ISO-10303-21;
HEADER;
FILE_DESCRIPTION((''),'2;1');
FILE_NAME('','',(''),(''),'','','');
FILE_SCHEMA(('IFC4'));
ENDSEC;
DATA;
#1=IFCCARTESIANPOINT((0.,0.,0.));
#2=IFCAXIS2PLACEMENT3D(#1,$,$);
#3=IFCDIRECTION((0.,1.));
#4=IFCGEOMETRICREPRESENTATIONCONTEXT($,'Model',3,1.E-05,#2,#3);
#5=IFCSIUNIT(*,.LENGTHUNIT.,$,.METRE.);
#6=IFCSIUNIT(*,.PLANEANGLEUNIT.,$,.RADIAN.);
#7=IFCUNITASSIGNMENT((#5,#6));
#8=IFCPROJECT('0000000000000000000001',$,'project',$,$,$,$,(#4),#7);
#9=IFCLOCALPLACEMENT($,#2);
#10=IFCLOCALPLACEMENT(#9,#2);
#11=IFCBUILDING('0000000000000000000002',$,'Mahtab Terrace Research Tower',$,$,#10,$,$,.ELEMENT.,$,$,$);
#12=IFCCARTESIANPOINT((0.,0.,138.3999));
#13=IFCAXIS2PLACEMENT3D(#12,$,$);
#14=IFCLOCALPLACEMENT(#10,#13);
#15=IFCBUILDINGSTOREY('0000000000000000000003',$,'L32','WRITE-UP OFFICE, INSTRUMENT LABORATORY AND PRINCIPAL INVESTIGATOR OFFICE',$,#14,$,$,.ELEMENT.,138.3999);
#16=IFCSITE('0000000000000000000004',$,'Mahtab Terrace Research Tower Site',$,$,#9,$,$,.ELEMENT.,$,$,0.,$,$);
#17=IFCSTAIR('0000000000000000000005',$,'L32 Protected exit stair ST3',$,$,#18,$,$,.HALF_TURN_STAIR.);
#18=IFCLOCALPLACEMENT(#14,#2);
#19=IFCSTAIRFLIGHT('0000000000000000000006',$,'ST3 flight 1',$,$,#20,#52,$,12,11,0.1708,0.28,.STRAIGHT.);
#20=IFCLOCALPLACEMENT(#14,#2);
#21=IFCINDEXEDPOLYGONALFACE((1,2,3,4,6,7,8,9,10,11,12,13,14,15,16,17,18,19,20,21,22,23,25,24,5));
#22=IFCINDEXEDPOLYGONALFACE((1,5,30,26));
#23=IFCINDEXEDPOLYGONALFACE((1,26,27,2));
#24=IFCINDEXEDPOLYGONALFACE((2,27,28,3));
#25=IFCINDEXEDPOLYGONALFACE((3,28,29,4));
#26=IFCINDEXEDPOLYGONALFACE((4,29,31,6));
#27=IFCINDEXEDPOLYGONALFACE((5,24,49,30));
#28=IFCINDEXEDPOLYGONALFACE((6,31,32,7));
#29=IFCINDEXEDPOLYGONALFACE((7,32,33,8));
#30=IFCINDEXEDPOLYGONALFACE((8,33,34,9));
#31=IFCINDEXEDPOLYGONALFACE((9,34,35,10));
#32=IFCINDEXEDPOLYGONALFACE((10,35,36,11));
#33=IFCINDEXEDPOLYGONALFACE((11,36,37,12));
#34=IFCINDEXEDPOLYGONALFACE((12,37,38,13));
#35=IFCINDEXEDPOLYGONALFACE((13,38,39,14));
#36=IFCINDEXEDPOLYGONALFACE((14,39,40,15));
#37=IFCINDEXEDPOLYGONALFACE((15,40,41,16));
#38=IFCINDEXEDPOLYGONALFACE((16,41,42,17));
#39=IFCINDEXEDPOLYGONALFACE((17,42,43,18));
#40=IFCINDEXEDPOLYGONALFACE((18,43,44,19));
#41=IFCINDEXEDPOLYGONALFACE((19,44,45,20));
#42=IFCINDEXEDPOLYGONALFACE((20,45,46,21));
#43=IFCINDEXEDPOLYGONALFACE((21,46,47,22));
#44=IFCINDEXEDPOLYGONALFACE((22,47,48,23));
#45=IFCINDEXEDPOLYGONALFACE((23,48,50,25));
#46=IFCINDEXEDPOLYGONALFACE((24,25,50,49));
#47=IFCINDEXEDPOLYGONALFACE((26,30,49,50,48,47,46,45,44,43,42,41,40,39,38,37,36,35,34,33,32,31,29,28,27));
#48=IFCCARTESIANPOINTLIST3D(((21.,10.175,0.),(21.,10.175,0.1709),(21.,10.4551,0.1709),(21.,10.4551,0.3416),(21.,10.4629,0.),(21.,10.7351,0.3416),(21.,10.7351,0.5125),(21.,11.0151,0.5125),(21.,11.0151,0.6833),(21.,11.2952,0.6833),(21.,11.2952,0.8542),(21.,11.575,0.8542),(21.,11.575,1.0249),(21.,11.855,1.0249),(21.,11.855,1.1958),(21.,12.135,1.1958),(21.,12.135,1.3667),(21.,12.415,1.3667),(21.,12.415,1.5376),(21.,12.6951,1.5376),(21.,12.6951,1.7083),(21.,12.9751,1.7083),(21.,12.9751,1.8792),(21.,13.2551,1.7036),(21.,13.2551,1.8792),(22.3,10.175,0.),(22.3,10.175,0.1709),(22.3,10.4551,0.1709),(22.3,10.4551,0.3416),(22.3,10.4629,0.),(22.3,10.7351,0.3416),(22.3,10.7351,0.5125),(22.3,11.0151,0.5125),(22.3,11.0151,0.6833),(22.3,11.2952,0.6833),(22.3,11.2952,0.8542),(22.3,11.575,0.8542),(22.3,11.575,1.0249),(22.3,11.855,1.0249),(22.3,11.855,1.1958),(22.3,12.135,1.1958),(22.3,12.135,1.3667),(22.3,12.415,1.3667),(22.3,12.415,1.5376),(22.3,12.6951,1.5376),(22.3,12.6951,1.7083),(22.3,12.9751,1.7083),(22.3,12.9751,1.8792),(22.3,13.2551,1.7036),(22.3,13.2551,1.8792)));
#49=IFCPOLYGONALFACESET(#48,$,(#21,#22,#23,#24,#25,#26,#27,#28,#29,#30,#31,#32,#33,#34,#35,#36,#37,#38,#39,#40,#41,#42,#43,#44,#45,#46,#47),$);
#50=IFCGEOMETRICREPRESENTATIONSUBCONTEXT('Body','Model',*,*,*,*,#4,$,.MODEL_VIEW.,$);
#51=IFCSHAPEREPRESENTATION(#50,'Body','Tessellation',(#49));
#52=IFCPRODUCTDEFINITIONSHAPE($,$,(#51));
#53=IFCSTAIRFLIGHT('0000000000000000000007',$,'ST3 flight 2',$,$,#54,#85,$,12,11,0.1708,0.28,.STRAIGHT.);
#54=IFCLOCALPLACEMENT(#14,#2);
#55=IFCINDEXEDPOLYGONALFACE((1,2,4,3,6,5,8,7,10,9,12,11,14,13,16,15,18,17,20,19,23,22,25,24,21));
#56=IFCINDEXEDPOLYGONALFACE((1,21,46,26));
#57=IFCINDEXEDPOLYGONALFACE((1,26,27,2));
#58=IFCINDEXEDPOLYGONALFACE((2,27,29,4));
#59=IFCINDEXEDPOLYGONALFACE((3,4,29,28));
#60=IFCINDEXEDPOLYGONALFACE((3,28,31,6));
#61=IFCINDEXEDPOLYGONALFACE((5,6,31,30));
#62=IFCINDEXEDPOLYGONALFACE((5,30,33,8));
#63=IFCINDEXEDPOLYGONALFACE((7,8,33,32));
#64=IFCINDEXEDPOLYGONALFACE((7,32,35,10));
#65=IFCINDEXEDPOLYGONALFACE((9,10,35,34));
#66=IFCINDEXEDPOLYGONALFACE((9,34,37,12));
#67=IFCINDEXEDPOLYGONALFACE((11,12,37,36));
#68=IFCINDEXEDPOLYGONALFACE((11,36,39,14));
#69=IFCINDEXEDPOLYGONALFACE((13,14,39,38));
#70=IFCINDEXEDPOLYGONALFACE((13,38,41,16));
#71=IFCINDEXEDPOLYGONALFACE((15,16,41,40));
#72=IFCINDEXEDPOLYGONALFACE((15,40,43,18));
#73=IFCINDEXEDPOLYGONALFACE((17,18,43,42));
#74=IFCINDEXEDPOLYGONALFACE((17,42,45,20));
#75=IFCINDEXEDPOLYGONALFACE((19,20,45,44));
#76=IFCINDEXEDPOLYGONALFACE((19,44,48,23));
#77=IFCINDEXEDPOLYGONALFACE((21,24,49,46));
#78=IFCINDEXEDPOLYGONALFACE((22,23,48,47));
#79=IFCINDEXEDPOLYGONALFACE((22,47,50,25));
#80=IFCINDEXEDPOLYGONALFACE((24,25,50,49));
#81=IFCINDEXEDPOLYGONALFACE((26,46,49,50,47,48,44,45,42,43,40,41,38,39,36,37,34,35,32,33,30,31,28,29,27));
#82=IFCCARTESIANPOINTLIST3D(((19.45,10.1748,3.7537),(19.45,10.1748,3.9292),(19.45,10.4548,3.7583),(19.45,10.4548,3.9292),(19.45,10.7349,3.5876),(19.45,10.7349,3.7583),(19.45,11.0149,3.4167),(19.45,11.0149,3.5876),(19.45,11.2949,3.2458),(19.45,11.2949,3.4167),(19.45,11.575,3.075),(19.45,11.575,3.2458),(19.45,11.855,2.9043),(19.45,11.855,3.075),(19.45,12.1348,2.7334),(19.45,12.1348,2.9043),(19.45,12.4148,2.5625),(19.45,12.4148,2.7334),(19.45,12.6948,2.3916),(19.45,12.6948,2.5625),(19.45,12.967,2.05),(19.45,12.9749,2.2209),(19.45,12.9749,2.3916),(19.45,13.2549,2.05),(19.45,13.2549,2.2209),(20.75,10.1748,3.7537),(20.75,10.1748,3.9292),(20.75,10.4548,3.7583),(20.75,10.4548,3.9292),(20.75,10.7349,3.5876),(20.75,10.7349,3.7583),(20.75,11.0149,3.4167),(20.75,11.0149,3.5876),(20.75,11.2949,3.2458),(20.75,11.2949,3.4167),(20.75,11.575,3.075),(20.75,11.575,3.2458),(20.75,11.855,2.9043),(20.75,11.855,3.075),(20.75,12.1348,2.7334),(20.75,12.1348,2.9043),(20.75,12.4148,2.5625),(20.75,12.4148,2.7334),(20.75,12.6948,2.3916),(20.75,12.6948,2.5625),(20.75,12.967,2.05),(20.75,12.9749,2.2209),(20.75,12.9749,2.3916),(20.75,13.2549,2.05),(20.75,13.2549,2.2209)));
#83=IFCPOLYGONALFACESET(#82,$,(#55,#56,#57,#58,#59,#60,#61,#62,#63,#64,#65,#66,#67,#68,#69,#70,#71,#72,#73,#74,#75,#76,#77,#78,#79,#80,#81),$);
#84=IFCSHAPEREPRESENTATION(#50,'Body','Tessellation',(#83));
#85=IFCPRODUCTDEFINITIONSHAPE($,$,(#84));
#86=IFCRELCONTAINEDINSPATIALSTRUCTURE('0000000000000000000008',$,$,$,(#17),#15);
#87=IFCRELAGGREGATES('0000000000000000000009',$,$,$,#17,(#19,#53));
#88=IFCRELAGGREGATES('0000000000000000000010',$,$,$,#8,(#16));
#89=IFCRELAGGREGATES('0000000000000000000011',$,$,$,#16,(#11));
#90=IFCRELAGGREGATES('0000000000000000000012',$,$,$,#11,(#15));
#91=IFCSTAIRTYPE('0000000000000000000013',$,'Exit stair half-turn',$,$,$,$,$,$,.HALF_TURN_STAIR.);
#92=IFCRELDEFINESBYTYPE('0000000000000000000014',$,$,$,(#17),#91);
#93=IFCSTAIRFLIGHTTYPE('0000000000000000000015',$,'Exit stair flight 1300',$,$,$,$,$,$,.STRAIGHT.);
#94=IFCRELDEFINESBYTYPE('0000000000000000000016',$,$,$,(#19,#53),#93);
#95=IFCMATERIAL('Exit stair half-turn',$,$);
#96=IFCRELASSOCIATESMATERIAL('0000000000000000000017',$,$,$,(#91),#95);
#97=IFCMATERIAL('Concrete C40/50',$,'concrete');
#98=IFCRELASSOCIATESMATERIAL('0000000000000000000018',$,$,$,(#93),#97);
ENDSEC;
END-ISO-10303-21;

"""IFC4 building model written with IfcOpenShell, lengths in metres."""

from ifc_helpers import new_model, si_unit, direction, frame, origin, place, context, subcontext, project, spatial, polyline, outline, extrude, material, type_object, element, aggregate, save


model = new_model("IFC4")

# Units and contexts
model_context = context("Model", 3, precision=1e-05, world=origin(), true_north=direction((0.0, 1.0)))
body_context = subcontext(model_context, "Body", "Model", "MODEL_VIEW")
ifc_project = project(units=[si_unit("LENGTHUNIT", "METRE"), si_unit("PLANEANGLEUNIT", "RADIAN")], contexts=[model_context])

# Site, building, storey
site_placement = place(None, origin())
site = spatial("IfcSite", under=ifc_project, at=site_placement, Name="Mahtab Terrace Research Tower Site", CompositionType="ELEMENT", RefElevation=0.0)
building_placement = place(site_placement, origin())
building = spatial("IfcBuilding", under=site, at=building_placement, Name="Mahtab Terrace Research Tower", CompositionType="ELEMENT")
storey_placement = place(building_placement, frame((0.0, 0.0, 138.3999)))
storey = spatial("IfcBuildingStorey", under=building, at=storey_placement, Name="L32", Description="WRITE-UP OFFICE, INSTRUMENT LABORATORY AND PRINCIPAL INVESTIGATOR OFFICE", CompositionType="ELEMENT", Elevation=138.3999)

# Stair, stair flights
ifc_material_1 = material(Name="Exit stair half-turn")
stair_type = type_object("IfcStairType", Name="Exit stair half-turn", PredefinedType="HALF_TURN_STAIR", material=ifc_material_1)
stair_placement = place(storey_placement, origin())
stair = element("IfcStair", 1, at=stair_placement, inside=storey, type_object=stair_type, Name="L32 Protected exit stair ST3", PredefinedType="HALF_TURN_STAIR")
ifc_material_2 = material(Name="Concrete C40/50", Category="concrete")
stair_flight_type = type_object("IfcStairFlightType", Name="Exit stair flight 1300", PredefinedType="STRAIGHT", material=ifc_material_2)
stair_flight_1_placement = place(storey_placement, frame((21.6499, 10.175, 0.0), z_axis=(0.0, 0.0, 1.0), x_axis=(0.0, 1.0, 0.0)))
stair_flight_1 = element("IfcStairFlight", 2, at=stair_flight_1_placement, type_object=stair_flight_type, Name="ST3 flight 1", NumberOfRisers=12, NumberOfTreads=11, PredefinedType="STRAIGHT", RiserHeight=0.1708, TreadLength=0.28, context=body_context, shape_type="SweptSolid", body=[
    extrude(outline(polyline([(0.0, 0.0), (0.0, 0.1709), (0.28, 0.1709), (0.28, 0.3416), (0.5601, 0.3416), (0.5601, 0.5125), (0.8401, 0.5125), (0.8401, 0.6833), (1.1201, 0.6833), (1.1201, 0.8542), (1.3999, 0.8542), (1.3999, 1.0249), (1.6799, 1.0249), (1.6799, 1.1958), (1.96, 1.1958), (1.96, 1.3667), (2.24, 1.3667), (2.24, 1.5376), (2.52, 1.5376), (2.52, 1.7083), (2.8, 1.7083), (2.8, 1.8792), (3.0801, 1.8792), (3.0801, 2.05), (3.0801, 1.7036), (0.2878, 0.0), (0.0, 0.0)])), frame((0.0, 0.6499, 0.0), z_axis=(0.0, -1.0, 0.0), x_axis=(1.0, 0.0, 0.0)), (0.0, 0.0, 1.0), 1.3),
])
stair_flight_2_placement = place(storey_placement, frame((20.1001, 13.2549, 2.05), z_axis=(0.0, 0.0, 1.0), x_axis=(0.0, -1.0, 0.0)))
stair_flight_2 = element("IfcStairFlight", 3, at=stair_flight_2_placement, type_object=stair_flight_type, Name="ST3 flight 2", NumberOfRisers=12, NumberOfTreads=11, PredefinedType="STRAIGHT", RiserHeight=0.1708, TreadLength=0.28, context=body_context, shape_type="SweptSolid", body=[
    extrude(outline(polyline([(0.0, 0.0), (0.0, 0.1709), (0.28, 0.1709), (0.28, 0.3416), (0.5601, 0.3416), (0.5601, 0.5125), (0.8401, 0.5125), (0.8401, 0.6833), (1.1201, 0.6833), (1.1201, 0.8542), (1.3999, 0.8542), (1.3999, 1.0249), (1.6799, 1.0249), (1.6799, 1.1958), (1.96, 1.1958), (1.96, 1.3667), (2.24, 1.3667), (2.24, 1.5376), (2.52, 1.5376), (2.52, 1.7083), (2.8, 1.7083), (2.8, 1.8792), (3.0801, 1.8792), (3.0801, 2.05), (3.0801, 1.7036), (0.2878, 0.0), (0.0, 0.0)])), frame((0.0, 0.6499, 0.0), z_axis=(0.0, -1.0, 0.0), x_axis=(1.0, 0.0, 0.0)), (0.0, 0.0, 1.0), 1.3),
])
aggregate(stair, [stair_flight_1, stair_flight_2])

save(model, "model.ifc")
